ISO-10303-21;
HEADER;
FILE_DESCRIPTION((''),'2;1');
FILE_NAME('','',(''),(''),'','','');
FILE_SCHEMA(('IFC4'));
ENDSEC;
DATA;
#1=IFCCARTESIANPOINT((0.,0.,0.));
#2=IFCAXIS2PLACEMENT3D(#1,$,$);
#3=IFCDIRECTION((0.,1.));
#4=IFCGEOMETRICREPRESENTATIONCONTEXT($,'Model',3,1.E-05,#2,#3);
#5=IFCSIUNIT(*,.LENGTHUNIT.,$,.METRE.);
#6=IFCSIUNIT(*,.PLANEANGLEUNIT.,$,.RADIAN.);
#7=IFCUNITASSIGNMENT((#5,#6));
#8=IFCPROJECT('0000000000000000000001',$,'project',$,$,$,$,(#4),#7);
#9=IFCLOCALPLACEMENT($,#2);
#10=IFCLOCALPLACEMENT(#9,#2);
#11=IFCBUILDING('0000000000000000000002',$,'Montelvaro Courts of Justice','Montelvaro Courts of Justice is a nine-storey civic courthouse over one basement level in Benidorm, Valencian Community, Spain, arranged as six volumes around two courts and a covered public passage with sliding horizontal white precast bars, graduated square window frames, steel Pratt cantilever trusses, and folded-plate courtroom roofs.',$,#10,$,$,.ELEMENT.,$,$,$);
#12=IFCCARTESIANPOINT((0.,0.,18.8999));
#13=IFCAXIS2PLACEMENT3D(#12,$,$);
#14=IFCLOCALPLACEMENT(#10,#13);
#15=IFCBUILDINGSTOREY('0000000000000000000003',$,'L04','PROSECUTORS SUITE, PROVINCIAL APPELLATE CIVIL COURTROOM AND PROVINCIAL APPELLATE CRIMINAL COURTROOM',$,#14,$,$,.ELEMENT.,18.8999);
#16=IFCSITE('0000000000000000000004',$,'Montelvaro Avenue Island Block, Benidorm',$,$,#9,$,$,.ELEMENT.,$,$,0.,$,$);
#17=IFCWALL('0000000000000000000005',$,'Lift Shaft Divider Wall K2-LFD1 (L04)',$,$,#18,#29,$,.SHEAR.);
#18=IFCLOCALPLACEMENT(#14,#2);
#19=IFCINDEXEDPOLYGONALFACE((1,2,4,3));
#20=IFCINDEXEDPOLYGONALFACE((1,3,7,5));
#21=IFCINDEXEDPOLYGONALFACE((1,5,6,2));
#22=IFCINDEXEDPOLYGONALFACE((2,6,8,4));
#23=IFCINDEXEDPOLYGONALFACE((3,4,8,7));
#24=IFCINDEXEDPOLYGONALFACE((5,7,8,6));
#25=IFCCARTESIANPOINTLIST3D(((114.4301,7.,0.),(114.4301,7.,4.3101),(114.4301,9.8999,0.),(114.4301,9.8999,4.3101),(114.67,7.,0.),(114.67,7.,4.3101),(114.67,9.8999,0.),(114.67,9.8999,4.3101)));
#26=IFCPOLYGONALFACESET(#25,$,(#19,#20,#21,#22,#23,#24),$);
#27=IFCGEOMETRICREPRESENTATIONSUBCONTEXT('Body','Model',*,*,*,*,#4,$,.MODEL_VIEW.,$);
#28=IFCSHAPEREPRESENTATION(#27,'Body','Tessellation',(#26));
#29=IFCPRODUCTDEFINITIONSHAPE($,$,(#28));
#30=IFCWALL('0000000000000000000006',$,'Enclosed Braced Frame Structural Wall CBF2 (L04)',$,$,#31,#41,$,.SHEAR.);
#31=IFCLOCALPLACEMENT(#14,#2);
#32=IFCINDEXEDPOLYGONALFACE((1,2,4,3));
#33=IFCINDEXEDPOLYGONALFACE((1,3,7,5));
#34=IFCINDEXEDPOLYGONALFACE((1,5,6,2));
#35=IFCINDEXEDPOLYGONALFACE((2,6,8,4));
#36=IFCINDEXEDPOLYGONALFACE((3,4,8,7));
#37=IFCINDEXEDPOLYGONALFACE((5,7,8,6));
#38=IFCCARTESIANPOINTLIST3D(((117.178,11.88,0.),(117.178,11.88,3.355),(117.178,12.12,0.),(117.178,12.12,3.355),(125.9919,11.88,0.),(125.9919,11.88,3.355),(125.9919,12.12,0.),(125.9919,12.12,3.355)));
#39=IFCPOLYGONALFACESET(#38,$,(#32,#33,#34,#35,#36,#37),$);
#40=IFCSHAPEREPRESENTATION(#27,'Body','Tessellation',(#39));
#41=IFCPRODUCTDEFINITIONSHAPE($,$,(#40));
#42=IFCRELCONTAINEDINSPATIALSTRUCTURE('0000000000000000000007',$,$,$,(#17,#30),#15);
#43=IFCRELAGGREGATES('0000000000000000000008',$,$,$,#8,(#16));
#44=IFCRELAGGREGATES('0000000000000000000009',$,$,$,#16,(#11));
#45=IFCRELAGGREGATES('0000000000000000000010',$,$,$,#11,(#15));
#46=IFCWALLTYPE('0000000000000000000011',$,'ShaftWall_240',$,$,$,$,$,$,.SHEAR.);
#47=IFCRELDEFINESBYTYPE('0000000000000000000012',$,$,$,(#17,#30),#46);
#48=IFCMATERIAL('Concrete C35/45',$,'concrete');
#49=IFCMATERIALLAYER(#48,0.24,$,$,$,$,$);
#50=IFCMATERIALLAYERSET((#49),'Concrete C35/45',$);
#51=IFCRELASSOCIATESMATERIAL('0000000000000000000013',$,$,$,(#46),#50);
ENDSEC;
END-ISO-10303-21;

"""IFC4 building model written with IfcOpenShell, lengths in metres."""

from ifc_helpers import new_model, si_unit, direction, frame, frame_2d, origin, place, context, subcontext, project, spatial, rectangle, extrude, material, layer, layer_set, type_object, element, save


model = new_model("IFC4")

# Units and contexts
model_context = context("Model", 3, precision=1e-05, world=origin(), true_north=direction((0.0, 1.0)))
body_context = subcontext(model_context, "Body", "Model", "MODEL_VIEW")
ifc_project = project(units=[si_unit("LENGTHUNIT", "METRE"), si_unit("PLANEANGLEUNIT", "RADIAN")], contexts=[model_context])

# Site, building, storey
site_placement = place(None, origin())
site = spatial("IfcSite", under=ifc_project, at=site_placement, Name="Montelvaro Avenue Island Block, Benidorm", CompositionType="ELEMENT", RefElevation=0.0)
building_placement = place(site_placement, origin())
building = spatial("IfcBuilding", under=site, at=building_placement, Name="Montelvaro Courts of Justice", Description="Montelvaro Courts of Justice is a nine-storey civic courthouse over one basement level in Benidorm, Valencian Community, Spain, arranged as six volumes around two courts and a covered public passage with sliding horizontal white precast bars, graduated square window frames, steel Pratt cantilever trusses, and folded-plate courtroom roofs.", CompositionType="ELEMENT")
storey_placement = place(building_placement, frame((0.0, 0.0, 18.8999)))
storey = spatial("IfcBuildingStorey", under=building, at=storey_placement, Name="L04", Description="PROSECUTORS SUITE, PROVINCIAL APPELLATE CIVIL COURTROOM AND PROVINCIAL APPELLATE CRIMINAL COURTROOM", CompositionType="ELEMENT", Elevation=18.8999)

# Shared definitions
ifc_material_1 = material(Name="Concrete C35/45", Category="concrete")
ifc_layer_1 = layer(ifc_material_1, 0.24)
ifc_layer_set_1 = layer_set([ifc_layer_1], Name="Concrete C35/45")
wall_type_1 = type_object("IfcWallType", Name="ShaftWall_240", PredefinedType="SHEAR", material=ifc_layer_set_1)

# Walls
wall_1_placement = place(storey_placement, frame((114.55, 7.0, 0.0), z_axis=(0.0, 0.0, 1.0), x_axis=(0.0, 1.0, 0.0)))
element("IfcWall", 1, at=wall_1_placement, inside=storey, type_object=wall_type_1, Name="Lift Shaft Divider Wall K2-LFD1 (L04)", PredefinedType="SHEAR", context=body_context, shape_type="SweptSolid", body=[
    extrude(rectangle(XDim=2.8999, YDim=0.24, at=frame_2d((1.45, 0.0))), origin(), (0.0, 0.0, 1.0), 4.3101),
])
wall_2_placement = place(storey_placement, frame((117.178, 12.0, 0.0), z_axis=(0.0, 0.0, 1.0), x_axis=(1.0, 0.0, 0.0)))
element("IfcWall", 2, at=wall_2_placement, inside=storey, type_object=wall_type_1, Name="Enclosed Braced Frame Structural Wall CBF2 (L04)", PredefinedType="SHEAR", context=body_context, shape_type="SweptSolid", body=[
    extrude(rectangle(XDim=8.814, YDim=0.24, at=frame_2d((4.407, 0.0))), origin(), (0.0, 0.0, 1.0), 3.355),
])

save(model, "model.ifc")
